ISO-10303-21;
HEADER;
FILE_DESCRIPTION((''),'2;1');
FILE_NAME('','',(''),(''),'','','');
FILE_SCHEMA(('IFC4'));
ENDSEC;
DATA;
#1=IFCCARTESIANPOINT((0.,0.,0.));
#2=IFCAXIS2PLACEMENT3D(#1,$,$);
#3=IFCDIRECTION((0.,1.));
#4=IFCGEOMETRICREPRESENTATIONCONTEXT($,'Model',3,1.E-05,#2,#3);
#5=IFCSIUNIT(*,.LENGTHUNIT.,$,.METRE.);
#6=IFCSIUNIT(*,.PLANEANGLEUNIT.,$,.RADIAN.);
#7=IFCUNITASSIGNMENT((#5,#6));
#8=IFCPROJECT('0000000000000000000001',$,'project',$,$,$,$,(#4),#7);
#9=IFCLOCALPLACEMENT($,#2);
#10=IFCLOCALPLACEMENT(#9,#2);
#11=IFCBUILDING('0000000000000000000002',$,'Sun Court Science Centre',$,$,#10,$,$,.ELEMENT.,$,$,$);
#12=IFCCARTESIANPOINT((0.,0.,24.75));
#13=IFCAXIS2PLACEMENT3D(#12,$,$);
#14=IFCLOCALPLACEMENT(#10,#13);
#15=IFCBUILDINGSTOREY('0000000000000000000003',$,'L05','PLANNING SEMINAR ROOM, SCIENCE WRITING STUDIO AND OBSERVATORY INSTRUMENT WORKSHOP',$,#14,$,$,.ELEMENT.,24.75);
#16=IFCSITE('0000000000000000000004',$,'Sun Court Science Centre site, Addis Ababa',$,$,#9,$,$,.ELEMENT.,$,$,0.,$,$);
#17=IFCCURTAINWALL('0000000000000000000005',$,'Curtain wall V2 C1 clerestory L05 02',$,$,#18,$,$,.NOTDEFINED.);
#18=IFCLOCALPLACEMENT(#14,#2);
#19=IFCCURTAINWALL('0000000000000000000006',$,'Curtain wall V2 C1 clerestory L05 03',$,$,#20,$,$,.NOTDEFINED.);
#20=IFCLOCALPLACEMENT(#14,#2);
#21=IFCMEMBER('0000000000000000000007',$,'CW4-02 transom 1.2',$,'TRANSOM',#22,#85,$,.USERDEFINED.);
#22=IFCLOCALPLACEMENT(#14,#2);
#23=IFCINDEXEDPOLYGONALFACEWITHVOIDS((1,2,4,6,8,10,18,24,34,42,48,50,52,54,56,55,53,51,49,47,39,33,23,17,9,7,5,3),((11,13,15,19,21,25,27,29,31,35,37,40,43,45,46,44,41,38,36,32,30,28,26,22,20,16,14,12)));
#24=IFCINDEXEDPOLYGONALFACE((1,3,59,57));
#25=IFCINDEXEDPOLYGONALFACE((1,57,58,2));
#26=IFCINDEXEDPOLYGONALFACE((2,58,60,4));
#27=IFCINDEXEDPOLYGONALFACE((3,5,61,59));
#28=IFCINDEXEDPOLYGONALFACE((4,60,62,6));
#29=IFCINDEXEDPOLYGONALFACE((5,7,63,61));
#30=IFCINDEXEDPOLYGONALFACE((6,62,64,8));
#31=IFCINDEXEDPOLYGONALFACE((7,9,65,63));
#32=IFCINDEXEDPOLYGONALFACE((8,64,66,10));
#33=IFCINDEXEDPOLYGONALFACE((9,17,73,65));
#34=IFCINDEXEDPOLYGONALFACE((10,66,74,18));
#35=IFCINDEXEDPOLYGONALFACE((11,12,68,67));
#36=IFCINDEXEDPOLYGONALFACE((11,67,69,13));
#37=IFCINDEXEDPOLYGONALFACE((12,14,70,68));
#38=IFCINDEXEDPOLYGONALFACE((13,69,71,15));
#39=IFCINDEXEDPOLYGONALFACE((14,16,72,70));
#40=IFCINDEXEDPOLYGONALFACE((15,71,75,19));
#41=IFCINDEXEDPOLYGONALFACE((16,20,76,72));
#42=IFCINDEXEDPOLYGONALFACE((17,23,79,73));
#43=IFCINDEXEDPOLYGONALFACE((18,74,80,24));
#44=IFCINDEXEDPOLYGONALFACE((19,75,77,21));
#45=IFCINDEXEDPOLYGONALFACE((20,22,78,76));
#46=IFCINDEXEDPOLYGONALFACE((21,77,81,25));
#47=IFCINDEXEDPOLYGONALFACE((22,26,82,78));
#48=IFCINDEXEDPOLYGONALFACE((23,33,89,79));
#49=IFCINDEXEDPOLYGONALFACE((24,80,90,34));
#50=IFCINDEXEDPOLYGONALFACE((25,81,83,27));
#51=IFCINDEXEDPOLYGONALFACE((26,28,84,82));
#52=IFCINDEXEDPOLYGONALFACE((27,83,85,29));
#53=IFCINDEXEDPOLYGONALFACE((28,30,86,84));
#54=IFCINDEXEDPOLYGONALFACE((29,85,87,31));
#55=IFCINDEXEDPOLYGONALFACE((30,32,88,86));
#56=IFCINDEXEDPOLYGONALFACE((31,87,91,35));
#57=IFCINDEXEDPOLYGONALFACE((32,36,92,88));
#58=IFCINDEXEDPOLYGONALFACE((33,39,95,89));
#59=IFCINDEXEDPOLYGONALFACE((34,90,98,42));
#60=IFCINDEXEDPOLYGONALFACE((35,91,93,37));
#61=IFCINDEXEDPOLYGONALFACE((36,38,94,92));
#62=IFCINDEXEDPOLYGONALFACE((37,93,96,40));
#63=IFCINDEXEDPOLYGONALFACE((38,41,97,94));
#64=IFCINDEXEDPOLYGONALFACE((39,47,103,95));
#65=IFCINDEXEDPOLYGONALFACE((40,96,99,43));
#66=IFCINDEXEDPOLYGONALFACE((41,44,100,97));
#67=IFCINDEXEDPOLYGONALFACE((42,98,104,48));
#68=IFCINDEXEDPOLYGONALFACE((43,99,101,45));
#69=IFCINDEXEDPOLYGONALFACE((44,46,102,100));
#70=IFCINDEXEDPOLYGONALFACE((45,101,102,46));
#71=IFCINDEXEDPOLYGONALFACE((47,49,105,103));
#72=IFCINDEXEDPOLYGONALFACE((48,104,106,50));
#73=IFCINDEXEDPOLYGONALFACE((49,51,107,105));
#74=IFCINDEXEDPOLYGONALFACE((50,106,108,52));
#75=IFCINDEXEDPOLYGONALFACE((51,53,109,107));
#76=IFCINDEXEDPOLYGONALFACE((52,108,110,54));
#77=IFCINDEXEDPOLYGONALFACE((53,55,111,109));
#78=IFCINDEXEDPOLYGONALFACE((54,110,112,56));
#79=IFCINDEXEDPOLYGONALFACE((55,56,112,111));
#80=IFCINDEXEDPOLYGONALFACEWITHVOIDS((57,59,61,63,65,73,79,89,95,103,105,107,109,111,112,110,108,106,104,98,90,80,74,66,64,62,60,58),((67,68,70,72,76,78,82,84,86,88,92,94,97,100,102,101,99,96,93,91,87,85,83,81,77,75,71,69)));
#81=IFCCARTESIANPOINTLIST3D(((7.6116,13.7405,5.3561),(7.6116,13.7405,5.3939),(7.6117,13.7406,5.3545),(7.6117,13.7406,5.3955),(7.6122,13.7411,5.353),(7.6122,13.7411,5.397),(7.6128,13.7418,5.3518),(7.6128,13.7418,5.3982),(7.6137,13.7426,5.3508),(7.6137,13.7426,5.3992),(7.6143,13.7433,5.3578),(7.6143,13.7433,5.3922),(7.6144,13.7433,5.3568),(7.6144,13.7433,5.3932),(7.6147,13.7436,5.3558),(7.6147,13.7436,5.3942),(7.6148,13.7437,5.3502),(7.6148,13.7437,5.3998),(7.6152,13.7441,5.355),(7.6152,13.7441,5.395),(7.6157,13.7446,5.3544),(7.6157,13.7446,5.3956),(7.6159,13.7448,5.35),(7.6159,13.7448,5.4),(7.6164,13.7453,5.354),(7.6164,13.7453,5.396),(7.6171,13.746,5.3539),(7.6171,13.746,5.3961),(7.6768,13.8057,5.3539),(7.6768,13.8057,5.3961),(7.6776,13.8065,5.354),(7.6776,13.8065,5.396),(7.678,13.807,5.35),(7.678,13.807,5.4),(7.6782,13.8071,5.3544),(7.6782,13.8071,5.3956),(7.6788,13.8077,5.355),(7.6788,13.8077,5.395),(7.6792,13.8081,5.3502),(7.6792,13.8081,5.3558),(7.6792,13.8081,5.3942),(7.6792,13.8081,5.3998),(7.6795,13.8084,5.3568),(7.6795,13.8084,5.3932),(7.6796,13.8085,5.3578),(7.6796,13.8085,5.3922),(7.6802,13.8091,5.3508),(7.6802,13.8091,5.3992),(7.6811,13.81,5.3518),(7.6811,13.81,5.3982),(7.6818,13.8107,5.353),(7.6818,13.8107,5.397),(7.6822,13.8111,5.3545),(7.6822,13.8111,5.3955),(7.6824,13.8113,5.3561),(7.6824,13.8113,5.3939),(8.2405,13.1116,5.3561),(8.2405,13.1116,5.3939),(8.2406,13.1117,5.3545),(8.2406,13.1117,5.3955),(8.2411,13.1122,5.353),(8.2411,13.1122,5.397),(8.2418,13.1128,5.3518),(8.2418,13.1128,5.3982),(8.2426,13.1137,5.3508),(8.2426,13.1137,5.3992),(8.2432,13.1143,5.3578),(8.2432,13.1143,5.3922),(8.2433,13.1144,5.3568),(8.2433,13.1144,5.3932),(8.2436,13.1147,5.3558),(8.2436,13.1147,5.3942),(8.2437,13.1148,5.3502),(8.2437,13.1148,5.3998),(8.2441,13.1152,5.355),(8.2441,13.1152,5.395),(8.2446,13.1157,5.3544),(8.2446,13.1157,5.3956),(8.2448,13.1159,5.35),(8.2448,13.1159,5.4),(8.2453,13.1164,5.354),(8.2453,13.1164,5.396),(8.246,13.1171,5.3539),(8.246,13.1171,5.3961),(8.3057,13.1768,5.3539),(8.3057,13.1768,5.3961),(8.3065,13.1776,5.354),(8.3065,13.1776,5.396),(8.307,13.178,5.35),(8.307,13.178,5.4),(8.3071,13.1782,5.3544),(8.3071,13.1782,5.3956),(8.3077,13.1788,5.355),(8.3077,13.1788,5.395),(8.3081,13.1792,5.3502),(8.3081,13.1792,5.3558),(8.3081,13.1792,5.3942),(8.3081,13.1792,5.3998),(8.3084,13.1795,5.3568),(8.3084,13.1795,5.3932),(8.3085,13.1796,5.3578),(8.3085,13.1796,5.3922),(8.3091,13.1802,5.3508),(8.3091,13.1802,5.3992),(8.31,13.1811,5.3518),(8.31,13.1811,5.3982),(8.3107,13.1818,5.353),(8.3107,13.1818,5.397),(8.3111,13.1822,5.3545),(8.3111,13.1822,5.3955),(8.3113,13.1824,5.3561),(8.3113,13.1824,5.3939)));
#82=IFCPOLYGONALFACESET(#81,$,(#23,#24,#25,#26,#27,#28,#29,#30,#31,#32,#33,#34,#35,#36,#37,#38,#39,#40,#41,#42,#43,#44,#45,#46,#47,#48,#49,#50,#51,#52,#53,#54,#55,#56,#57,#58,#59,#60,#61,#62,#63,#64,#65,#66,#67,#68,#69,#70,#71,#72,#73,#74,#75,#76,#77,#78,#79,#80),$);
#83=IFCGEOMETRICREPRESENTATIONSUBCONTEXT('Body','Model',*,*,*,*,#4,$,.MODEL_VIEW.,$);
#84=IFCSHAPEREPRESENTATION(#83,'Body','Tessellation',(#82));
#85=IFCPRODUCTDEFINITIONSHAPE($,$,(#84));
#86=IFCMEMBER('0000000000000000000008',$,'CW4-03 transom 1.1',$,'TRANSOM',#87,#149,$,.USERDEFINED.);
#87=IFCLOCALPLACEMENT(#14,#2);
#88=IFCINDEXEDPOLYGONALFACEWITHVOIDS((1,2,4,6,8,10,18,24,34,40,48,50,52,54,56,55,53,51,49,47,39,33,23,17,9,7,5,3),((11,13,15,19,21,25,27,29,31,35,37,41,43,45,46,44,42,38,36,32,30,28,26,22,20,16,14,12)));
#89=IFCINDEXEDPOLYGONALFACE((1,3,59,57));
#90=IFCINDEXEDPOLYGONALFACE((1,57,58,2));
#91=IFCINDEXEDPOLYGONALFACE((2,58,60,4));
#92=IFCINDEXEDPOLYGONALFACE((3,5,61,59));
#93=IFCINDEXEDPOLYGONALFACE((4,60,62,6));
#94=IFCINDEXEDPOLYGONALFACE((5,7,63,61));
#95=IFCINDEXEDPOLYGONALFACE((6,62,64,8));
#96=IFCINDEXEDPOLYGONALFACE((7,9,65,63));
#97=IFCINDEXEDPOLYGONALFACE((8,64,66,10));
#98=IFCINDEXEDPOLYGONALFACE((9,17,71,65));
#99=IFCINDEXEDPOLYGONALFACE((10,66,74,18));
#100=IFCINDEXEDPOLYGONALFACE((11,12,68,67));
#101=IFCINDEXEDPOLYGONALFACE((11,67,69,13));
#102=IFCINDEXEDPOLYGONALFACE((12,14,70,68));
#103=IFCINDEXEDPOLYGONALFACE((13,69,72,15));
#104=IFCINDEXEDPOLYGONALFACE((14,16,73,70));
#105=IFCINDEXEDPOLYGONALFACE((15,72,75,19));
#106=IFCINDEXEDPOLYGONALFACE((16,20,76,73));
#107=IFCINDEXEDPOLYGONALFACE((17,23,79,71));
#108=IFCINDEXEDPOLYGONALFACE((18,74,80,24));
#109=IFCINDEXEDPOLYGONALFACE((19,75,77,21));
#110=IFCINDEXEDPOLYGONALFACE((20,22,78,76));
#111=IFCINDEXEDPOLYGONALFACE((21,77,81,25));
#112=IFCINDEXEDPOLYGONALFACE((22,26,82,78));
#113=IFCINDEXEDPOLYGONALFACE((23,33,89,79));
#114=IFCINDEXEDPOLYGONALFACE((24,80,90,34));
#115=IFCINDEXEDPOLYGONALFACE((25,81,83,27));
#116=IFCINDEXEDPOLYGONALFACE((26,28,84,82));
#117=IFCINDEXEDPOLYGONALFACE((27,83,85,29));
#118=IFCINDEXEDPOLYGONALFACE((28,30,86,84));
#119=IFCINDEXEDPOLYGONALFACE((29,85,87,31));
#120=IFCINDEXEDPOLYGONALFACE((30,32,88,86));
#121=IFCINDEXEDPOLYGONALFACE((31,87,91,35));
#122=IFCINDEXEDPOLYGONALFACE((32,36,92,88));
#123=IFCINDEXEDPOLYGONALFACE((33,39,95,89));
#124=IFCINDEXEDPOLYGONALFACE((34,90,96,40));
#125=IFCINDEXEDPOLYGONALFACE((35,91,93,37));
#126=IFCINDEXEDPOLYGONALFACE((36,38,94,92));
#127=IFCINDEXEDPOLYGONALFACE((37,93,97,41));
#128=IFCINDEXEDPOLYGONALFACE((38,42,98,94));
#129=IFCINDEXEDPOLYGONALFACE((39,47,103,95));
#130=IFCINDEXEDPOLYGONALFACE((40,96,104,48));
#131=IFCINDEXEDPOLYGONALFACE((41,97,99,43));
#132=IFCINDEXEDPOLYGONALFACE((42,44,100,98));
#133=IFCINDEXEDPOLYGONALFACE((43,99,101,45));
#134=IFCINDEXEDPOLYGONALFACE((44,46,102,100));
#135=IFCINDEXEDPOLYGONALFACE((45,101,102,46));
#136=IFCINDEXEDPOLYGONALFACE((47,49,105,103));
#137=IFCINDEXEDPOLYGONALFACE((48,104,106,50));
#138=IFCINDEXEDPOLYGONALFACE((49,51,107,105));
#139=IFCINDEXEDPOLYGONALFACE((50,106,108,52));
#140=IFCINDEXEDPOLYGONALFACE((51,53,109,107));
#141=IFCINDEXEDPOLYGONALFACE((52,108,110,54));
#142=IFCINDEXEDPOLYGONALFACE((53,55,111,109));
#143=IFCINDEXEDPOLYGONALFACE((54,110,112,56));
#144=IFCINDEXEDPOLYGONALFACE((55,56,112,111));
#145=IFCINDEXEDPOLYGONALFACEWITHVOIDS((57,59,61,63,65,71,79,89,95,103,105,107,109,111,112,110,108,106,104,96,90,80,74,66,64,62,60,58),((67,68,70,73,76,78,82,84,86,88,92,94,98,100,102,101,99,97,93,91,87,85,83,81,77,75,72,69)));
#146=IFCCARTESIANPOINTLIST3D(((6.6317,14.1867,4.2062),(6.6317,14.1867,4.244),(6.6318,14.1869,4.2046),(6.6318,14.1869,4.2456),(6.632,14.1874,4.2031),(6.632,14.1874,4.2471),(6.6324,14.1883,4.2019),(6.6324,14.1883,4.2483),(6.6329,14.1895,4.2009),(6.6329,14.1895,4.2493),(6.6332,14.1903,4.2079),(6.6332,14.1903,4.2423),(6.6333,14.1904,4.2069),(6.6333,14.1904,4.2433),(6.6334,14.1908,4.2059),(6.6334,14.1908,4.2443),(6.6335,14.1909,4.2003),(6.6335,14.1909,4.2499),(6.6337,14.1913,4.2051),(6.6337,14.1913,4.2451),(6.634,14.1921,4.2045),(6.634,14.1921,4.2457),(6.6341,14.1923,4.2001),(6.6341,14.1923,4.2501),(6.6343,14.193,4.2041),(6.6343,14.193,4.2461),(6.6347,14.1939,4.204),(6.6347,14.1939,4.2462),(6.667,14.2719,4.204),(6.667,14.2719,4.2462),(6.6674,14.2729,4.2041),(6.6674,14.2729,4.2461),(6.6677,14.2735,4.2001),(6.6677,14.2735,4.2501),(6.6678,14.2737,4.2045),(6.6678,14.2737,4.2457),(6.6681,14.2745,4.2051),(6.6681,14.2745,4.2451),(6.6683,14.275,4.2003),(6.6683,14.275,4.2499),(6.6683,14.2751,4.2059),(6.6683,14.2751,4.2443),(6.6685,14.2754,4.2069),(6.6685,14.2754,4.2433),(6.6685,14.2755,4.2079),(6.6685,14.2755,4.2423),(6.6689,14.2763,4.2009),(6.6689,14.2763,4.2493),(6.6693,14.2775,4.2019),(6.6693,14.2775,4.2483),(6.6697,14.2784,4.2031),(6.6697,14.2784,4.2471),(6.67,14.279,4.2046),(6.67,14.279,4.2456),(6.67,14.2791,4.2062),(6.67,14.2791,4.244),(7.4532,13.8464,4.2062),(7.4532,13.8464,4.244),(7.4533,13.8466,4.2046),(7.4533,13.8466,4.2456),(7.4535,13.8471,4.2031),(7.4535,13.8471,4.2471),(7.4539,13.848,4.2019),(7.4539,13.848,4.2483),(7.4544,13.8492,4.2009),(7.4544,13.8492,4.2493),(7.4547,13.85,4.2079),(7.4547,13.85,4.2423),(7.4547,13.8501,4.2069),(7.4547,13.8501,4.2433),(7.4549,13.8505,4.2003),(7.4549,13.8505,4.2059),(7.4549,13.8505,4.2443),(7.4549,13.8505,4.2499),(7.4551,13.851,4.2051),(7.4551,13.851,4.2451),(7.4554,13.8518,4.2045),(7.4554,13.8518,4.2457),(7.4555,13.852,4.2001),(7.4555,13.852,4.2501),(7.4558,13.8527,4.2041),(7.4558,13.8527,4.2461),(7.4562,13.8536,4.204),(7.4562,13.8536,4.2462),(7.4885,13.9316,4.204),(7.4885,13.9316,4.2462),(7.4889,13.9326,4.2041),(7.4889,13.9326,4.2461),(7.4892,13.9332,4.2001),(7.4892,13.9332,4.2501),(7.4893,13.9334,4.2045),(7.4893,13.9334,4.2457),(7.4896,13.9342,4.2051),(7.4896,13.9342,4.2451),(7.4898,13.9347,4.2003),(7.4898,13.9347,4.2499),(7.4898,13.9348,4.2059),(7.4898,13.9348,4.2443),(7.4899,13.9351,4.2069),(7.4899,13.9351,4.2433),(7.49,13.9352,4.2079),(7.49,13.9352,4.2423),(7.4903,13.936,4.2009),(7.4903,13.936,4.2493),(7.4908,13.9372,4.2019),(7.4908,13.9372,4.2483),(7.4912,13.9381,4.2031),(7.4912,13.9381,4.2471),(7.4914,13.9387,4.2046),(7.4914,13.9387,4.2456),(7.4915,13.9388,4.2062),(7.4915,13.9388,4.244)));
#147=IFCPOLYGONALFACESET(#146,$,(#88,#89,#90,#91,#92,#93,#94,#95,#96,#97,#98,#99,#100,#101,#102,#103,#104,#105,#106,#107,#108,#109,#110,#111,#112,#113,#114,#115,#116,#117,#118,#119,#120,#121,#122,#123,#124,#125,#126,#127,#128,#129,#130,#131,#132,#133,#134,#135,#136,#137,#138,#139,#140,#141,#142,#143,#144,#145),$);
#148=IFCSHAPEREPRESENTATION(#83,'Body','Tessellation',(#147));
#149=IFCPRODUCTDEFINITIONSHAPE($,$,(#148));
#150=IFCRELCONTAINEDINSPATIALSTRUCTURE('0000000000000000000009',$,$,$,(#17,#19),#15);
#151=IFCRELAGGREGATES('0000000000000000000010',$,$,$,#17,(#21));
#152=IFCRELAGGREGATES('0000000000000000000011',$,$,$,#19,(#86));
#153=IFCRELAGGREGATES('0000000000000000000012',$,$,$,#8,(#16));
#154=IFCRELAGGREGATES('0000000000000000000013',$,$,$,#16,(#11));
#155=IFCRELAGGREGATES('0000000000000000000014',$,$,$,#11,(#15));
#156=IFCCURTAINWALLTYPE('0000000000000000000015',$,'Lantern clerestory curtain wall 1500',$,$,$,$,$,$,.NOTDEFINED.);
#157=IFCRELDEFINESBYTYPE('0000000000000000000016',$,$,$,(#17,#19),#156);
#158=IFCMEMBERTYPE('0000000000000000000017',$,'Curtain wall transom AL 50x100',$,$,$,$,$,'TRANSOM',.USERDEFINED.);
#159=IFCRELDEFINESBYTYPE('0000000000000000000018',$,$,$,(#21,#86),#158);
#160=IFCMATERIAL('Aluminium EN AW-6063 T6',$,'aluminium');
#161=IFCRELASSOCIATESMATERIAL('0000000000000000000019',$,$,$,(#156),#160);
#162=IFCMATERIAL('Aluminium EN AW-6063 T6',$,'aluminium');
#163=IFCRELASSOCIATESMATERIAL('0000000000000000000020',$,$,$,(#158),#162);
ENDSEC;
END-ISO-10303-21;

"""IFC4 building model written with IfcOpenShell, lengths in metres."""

from ifc_helpers import new_model, si_unit, direction, frame, origin, origin_2d, place, context, subcontext, project, spatial, hollow_rectangle, extrude, material, material_profile, profile_set, type_object, element, aggregate, save


model = new_model("IFC4")

# Units and contexts
model_context = context("Model", 3, precision=1e-05, world=origin(), true_north=direction((0.0, 1.0)))
body_context = subcontext(model_context, "Body", "Model", "MODEL_VIEW")
ifc_project = project(units=[si_unit("LENGTHUNIT", "METRE"), si_unit("PLANEANGLEUNIT", "RADIAN")], contexts=[model_context])

# Site, building, storey
site_placement = place(None, origin())
site = spatial("IfcSite", under=ifc_project, at=site_placement, Name="Sun Court Science Centre site, Addis Ababa", CompositionType="ELEMENT", RefElevation=0.0)
building_placement = place(site_placement, origin())
building = spatial("IfcBuilding", under=site, at=building_placement, Name="Sun Court Science Centre", CompositionType="ELEMENT")
storey_placement = place(building_placement, frame((0.0, 0.0, 24.75)))
storey = spatial("IfcBuildingStorey", under=building, at=storey_placement, Name="L05", Description="PLANNING SEMINAR ROOM, SCIENCE WRITING STUDIO AND OBSERVATORY INSTRUMENT WORKSHOP", CompositionType="ELEMENT", Elevation=24.75)

# Curtain wall
ifc_material_1 = material(Name="Aluminium EN AW-6063 T6", Category="aluminium")
curtain_wall_type = type_object("IfcCurtainWallType", Name="Lantern clerestory curtain wall 1500", PredefinedType="NOTDEFINED", material=ifc_material_1)
curtain_wall_1_placement = place(storey_placement, origin())
curtain_wall_1 = element("IfcCurtainWall", 1, at=curtain_wall_1_placement, inside=storey, type_object=curtain_wall_type, Name="Curtain wall V2 C1 clerestory L05 02", PredefinedType="NOTDEFINED")

# Curtain wall
curtain_wall_2_placement = place(storey_placement, origin())
curtain_wall_2 = element("IfcCurtainWall", 2, at=curtain_wall_2_placement, inside=storey, type_object=curtain_wall_type, Name="Curtain wall V2 C1 clerestory L05 03", PredefinedType="NOTDEFINED")

# Members
ifc_material_2 = material(Name="Aluminium EN AW-6063 T6", Category="aluminium")
ifc_material_profile_1 = material_profile(ifc_material_2, hollow_rectangle(XDim=0.05, YDim=0.1001, WallThickness=0.0039, InnerFilletRadius=0.0039, OuterFilletRadius=0.0061, at=origin_2d()), Name="AL 50x100x4")
ifc_profile_set_1 = profile_set([ifc_material_profile_1], Name="Aluminium EN AW-6063 T6")
member_type_1 = type_object("IfcMemberType", Name="Curtain wall transom AL 50x100", ElementType="TRANSOM", PredefinedType="USERDEFINED", material=ifc_profile_set_1)
member_1_placement = place(storey_placement, frame((7.647, 13.7759, 5.375), z_axis=(0.707107, -0.707107, 0.0), x_axis=(0.0, 0.0, 1.0)))
member_1 = element("IfcMember", 3, at=member_1_placement, type_object=member_type_1, Name="CW4-02 transom 1.2", ObjectType="TRANSOM", PredefinedType="USERDEFINED", context=body_context, shape_type="SweptSolid", body=[
    extrude(hollow_rectangle(XDim=0.05, YDim=0.1001, WallThickness=0.0039, InnerFilletRadius=0.0039, OuterFilletRadius=0.0061, at=origin_2d()), origin(), (0.0, 0.0, 1.0), 0.8894),
])
aggregate(curtain_wall_1, [member_1])
member_2_placement = place(storey_placement, frame((6.6509, 14.2329, 4.2251), z_axis=(0.923863, -0.382724, 0.0), x_axis=(0.0, 0.0, 1.0)))
member_2 = element("IfcMember", 4, at=member_2_placement, type_object=member_type_1, Name="CW4-03 transom 1.1", ObjectType="TRANSOM", PredefinedType="USERDEFINED", context=body_context, shape_type="SweptSolid", body=[
    extrude(hollow_rectangle(XDim=0.05, YDim=0.1001, WallThickness=0.0039, InnerFilletRadius=0.0039, OuterFilletRadius=0.0061, at=origin_2d()), origin(), (0.0, 0.0, 1.0), 0.8892),
])

aggregate(curtain_wall_2, [member_2])

save(model, "model.ifc")
